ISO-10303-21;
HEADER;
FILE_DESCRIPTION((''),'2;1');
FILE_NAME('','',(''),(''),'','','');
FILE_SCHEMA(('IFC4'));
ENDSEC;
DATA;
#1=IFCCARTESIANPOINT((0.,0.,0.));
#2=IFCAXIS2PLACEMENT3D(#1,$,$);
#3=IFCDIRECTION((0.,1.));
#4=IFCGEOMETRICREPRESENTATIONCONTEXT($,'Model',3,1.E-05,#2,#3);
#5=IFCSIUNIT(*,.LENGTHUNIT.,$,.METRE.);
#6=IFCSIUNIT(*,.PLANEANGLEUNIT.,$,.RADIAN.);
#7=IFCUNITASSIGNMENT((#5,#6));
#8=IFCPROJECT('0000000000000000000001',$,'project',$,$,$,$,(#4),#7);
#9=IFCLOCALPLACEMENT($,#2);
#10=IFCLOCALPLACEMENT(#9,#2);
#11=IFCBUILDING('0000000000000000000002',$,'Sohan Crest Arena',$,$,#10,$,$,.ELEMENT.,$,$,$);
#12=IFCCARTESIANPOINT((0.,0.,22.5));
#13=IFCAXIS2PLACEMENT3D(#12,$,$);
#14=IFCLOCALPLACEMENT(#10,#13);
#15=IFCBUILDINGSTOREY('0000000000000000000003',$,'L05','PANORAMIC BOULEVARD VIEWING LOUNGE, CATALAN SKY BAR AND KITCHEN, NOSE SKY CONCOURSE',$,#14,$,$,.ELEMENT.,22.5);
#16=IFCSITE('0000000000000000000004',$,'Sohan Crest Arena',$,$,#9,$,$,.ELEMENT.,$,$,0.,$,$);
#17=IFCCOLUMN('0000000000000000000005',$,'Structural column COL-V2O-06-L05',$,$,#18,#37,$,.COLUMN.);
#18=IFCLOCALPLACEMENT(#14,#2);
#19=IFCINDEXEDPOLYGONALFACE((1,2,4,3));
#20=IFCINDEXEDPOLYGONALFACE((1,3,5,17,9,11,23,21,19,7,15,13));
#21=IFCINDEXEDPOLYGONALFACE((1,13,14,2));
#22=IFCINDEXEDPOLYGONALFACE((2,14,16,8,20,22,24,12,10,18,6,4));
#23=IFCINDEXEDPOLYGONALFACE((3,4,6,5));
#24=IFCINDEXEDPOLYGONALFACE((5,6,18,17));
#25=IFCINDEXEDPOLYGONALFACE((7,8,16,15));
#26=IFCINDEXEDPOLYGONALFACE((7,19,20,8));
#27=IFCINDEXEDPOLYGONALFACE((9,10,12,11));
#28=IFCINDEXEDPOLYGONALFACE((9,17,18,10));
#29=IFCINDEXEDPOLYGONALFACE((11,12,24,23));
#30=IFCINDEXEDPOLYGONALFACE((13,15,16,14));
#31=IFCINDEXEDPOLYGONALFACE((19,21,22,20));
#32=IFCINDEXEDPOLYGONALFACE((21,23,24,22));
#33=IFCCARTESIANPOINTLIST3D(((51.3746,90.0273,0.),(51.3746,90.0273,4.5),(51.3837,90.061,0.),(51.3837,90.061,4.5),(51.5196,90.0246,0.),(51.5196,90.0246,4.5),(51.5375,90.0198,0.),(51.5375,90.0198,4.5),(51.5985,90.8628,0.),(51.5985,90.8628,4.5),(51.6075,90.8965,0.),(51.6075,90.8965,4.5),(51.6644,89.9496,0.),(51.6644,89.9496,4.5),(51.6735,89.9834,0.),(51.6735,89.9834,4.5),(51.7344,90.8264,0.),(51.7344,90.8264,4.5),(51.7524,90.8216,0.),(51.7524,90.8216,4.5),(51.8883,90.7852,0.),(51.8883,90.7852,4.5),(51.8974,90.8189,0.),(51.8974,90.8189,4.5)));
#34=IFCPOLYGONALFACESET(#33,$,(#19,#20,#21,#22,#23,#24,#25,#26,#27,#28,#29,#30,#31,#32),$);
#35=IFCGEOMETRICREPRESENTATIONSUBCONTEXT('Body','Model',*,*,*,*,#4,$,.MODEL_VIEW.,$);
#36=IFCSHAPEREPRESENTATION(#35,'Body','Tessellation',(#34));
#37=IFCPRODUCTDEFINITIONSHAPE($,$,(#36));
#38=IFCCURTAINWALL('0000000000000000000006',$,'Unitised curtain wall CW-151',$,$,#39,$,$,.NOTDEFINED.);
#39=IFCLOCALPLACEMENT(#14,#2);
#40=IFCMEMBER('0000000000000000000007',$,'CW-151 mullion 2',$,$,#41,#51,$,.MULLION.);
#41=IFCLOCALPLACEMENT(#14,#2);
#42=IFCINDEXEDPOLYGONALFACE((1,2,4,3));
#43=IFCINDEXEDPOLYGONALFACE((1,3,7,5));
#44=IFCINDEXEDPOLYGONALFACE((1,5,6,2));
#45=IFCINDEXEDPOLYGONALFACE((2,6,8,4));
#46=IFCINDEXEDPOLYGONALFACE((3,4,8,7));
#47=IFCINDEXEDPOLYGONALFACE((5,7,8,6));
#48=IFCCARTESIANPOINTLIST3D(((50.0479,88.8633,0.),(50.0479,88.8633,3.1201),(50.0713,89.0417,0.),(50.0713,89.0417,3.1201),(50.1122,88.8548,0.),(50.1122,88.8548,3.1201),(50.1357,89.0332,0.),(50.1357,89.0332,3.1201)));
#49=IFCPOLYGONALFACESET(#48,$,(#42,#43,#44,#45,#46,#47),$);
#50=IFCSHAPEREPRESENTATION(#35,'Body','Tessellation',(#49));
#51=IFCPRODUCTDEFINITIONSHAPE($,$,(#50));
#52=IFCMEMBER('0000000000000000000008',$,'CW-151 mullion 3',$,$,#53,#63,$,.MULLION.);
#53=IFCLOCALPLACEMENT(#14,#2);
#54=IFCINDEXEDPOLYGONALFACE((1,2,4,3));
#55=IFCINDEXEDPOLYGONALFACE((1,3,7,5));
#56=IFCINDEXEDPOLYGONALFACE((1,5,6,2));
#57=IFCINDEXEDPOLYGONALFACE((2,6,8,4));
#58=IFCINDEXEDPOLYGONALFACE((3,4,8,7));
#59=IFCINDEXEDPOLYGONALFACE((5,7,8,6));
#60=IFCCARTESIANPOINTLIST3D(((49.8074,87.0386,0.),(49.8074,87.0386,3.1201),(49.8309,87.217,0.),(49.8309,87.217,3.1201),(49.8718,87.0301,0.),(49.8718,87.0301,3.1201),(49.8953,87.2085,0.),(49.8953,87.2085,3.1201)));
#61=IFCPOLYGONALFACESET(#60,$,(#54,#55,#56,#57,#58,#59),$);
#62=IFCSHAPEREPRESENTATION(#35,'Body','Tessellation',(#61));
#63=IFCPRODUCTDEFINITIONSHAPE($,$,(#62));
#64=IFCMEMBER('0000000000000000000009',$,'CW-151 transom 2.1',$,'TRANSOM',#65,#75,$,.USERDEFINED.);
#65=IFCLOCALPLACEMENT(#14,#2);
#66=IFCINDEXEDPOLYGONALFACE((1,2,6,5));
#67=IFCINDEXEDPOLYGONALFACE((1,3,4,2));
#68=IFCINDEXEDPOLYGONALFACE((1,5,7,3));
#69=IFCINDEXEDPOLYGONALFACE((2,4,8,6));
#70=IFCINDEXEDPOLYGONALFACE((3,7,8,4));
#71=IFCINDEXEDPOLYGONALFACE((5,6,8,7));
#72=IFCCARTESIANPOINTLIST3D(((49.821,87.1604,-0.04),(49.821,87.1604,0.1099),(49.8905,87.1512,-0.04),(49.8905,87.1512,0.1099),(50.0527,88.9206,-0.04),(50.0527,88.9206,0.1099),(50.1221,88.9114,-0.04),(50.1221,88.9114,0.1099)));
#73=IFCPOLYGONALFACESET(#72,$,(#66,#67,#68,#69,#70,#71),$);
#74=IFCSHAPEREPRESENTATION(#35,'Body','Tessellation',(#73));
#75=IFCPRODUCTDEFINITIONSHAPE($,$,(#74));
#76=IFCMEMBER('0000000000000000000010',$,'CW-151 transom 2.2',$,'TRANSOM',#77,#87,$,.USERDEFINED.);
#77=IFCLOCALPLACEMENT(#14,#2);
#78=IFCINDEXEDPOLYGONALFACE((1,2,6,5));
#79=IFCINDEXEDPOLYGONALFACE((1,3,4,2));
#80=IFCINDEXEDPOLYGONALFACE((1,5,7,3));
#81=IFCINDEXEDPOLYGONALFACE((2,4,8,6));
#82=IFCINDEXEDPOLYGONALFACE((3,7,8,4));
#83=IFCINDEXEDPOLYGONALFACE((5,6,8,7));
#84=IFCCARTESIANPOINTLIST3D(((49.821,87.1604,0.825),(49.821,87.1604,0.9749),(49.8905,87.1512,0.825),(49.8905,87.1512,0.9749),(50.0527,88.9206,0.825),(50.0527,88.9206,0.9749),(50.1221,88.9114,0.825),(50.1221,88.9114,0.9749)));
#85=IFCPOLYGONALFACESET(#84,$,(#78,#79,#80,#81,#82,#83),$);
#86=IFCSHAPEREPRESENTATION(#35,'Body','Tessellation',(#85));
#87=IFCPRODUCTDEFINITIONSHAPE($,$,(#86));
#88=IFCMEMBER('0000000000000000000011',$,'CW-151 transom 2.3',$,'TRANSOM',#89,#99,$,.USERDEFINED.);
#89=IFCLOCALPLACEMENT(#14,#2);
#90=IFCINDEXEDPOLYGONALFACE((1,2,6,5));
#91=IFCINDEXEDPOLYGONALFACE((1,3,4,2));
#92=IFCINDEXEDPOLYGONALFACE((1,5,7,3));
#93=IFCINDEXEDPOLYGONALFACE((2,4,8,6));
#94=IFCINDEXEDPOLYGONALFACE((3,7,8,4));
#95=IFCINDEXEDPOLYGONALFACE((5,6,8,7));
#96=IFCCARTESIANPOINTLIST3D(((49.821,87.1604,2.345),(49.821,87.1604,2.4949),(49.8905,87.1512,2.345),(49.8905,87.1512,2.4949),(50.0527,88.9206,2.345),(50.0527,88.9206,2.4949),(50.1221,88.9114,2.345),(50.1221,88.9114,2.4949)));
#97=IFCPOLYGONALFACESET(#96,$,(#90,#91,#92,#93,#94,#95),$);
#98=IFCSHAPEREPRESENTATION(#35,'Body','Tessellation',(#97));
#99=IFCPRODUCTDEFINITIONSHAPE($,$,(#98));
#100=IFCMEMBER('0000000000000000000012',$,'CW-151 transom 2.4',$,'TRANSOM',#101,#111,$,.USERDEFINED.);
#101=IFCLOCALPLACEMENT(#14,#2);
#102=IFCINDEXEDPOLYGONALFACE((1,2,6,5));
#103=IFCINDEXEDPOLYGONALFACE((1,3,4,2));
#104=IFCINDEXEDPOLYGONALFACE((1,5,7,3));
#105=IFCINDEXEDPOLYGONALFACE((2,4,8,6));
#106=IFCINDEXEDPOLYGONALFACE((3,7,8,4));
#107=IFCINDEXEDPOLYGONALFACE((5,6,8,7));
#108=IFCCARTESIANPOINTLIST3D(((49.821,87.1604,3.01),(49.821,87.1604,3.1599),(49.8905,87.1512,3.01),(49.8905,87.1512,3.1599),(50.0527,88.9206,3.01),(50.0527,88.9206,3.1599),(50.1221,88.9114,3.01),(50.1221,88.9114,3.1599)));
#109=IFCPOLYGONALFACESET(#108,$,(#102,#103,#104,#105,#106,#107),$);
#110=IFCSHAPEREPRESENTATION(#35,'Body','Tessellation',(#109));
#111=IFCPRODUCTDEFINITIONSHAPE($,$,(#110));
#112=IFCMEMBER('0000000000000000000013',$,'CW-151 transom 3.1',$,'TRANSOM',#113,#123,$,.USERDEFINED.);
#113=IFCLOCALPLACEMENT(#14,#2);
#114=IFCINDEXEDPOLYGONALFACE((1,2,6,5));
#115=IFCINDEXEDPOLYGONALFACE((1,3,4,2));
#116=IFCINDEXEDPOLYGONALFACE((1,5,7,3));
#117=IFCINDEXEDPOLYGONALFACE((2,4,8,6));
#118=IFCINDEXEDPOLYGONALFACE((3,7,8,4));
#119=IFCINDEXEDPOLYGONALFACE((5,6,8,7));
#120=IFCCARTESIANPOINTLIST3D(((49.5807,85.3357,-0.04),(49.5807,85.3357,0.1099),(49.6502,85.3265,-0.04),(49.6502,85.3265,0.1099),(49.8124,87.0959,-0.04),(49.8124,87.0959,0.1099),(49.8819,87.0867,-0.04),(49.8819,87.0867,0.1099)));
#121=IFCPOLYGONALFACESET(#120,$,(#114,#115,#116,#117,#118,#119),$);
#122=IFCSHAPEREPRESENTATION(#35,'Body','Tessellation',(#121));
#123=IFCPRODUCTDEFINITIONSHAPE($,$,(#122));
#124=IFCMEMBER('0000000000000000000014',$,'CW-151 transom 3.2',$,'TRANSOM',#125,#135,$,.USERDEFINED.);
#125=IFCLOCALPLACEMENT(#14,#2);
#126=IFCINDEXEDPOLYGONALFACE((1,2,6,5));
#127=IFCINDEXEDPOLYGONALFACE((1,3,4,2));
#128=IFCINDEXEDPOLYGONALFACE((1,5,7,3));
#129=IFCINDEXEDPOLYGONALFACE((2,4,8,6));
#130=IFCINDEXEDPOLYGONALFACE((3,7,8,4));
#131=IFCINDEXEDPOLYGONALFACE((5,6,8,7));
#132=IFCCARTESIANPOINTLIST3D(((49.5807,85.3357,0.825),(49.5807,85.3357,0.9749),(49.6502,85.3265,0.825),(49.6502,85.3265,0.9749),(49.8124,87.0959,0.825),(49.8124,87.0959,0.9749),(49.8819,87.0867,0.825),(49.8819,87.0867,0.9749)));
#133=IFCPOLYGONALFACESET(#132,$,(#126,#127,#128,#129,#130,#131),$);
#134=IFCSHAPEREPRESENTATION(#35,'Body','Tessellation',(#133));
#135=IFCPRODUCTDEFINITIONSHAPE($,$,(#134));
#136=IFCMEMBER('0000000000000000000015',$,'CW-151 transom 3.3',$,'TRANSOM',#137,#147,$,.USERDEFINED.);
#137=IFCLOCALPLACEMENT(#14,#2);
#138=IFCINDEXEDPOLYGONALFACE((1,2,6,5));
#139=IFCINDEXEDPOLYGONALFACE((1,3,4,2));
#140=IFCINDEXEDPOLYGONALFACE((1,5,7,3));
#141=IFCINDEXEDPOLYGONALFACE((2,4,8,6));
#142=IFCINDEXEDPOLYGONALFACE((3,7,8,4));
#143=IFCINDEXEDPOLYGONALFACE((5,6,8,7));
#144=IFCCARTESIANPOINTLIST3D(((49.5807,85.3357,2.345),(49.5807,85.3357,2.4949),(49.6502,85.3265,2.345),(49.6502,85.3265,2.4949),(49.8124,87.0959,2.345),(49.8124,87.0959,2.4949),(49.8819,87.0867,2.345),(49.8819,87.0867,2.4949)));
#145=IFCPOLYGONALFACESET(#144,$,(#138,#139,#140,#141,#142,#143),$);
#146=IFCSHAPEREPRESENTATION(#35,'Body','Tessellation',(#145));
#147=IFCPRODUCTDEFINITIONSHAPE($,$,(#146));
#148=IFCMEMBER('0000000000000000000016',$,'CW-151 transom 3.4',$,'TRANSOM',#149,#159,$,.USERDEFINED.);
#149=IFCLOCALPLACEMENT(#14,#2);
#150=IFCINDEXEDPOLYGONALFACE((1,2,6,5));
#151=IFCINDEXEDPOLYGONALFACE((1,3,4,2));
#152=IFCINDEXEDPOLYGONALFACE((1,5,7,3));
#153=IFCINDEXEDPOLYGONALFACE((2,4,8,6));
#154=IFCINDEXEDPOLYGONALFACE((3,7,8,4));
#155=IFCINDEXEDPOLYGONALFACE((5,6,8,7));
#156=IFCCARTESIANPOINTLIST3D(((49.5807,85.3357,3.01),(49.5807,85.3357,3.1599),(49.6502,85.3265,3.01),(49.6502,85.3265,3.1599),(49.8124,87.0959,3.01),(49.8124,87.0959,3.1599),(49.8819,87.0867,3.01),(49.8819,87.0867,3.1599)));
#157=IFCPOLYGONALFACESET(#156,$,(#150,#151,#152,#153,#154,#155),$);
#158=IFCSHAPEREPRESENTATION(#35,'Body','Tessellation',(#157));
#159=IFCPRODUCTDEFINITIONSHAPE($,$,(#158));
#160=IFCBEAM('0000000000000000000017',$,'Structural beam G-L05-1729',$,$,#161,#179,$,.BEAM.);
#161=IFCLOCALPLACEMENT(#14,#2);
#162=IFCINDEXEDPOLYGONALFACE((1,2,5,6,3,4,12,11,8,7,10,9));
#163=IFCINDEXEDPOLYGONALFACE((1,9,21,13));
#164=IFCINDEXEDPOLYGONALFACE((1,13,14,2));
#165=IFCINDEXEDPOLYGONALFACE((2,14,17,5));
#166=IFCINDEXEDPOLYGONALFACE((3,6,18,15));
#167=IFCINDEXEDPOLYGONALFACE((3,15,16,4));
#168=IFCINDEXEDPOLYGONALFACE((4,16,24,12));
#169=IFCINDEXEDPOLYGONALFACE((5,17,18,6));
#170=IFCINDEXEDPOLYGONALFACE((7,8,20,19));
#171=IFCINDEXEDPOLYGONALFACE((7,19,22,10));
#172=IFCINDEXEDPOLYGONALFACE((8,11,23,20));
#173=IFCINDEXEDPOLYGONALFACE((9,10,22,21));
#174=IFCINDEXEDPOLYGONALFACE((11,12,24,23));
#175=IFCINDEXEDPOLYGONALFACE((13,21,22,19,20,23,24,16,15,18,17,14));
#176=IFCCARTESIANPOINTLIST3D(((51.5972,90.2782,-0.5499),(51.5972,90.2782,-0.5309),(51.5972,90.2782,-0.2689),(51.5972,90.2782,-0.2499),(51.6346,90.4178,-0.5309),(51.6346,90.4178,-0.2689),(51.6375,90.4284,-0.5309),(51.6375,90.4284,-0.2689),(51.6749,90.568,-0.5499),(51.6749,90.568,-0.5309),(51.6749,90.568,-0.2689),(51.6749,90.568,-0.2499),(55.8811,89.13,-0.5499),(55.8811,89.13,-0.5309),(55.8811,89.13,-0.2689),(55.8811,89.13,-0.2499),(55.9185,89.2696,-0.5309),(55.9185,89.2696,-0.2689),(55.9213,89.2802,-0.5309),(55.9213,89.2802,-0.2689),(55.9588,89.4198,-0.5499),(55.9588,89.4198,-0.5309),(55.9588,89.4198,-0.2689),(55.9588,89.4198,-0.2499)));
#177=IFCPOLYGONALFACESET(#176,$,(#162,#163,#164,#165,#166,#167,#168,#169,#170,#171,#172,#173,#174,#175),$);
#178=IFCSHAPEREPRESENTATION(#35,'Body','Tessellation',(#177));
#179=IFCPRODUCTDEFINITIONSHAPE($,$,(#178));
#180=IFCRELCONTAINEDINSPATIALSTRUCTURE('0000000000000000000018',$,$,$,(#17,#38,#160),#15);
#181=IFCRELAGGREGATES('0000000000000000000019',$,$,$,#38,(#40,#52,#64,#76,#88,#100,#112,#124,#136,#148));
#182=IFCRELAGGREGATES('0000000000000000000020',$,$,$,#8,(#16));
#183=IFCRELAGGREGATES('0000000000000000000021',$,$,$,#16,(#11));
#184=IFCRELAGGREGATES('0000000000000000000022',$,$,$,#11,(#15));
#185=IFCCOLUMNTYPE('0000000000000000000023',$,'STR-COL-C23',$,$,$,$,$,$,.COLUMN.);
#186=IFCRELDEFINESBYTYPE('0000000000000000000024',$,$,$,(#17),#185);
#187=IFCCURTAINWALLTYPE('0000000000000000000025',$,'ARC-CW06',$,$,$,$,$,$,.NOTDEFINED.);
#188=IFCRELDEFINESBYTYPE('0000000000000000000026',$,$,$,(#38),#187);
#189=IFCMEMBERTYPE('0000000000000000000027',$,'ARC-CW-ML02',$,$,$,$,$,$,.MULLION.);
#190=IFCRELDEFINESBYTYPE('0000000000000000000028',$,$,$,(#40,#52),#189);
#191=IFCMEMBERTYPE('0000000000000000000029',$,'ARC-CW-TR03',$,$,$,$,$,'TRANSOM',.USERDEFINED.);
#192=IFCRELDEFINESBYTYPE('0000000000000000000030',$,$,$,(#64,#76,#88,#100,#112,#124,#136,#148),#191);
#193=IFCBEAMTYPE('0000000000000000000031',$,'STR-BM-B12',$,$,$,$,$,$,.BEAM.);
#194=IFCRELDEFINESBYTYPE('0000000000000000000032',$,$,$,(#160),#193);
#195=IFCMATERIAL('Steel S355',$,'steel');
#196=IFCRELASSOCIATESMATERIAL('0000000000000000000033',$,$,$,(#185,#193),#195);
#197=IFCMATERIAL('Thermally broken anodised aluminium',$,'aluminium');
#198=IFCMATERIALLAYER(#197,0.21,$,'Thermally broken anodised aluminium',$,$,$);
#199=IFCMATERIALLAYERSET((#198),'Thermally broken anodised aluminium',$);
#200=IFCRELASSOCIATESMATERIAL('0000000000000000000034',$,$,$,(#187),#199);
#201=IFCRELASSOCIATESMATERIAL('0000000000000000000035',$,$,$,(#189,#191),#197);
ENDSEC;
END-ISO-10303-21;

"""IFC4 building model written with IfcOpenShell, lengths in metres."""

from ifc_helpers import new_model, si_unit, direction, frame, origin, origin_2d, place, context, subcontext, project, spatial, rectangle, i_section, extrude, material, layer, layer_set, material_profile, profile_set, type_object, element, aggregate, save


model = new_model("IFC4")

# Units and contexts
model_context = context("Model", 3, precision=1e-05, world=origin(), true_north=direction((0.0, 1.0)))
body_context = subcontext(model_context, "Body", "Model", "MODEL_VIEW")
ifc_project = project(units=[si_unit("LENGTHUNIT", "METRE"), si_unit("PLANEANGLEUNIT", "RADIAN")], contexts=[model_context])

# Site, building, storey
site_placement = place(None, origin())
site = spatial("IfcSite", under=ifc_project, at=site_placement, Name="Sohan Crest Arena", CompositionType="ELEMENT", RefElevation=0.0)
building_placement = place(site_placement, origin())
building = spatial("IfcBuilding", under=site, at=building_placement, Name="Sohan Crest Arena", CompositionType="ELEMENT")
storey_placement = place(building_placement, frame((0.0, 0.0, 22.5)))
storey = spatial("IfcBuildingStorey", under=building, at=storey_placement, Name="L05", Description="PANORAMIC BOULEVARD VIEWING LOUNGE, CATALAN SKY BAR AND KITCHEN, NOSE SKY CONCOURSE", CompositionType="ELEMENT", Elevation=22.5)

# Column
ifc_material_1 = material(Name="Steel S355", Category="steel")
ifc_material_profile_1 = material_profile(ifc_material_1, i_section(OverallWidth=0.3, OverallDepth=0.8999, WebThickness=0.0186, FlangeThickness=0.0349, at=origin_2d()), Name="HEB 900")
ifc_profile_set_1 = profile_set([ifc_material_profile_1], Name="Steel S355")
column_type = type_object("IfcColumnType", Name="STR-COL-C23", PredefinedType="COLUMN", material=ifc_profile_set_1)
column_placement = place(storey_placement, frame((51.636, 90.4231, 0.0), z_axis=(0.0, 0.0, 1.0), x_axis=(-0.965926, 0.258819, 0.0)))
element("IfcColumn", 1, at=column_placement, inside=storey, type_object=column_type, Name="Structural column COL-V2O-06-L05", PredefinedType="COLUMN", context=body_context, shape_type="SweptSolid", body=[
    extrude(i_section(OverallWidth=0.3, OverallDepth=0.8999, WebThickness=0.0186, FlangeThickness=0.0349, at=origin_2d()), origin(), (0.0, 0.0, 1.0), 4.5),
])

# Curtain wall, members
ifc_material_2 = material(Name="Thermally broken anodised aluminium", Category="aluminium")
ifc_layer_1 = layer(ifc_material_2, 0.21, Name="Thermally broken anodised aluminium")
ifc_layer_set_1 = layer_set([ifc_layer_1], Name="Thermally broken anodised aluminium")
curtain_wall_type = type_object("IfcCurtainWallType", Name="ARC-CW06", PredefinedType="NOTDEFINED", material=ifc_layer_set_1)
curtain_wall_placement = place(storey_placement, origin())
curtain_wall = element("IfcCurtainWall", 2, at=curtain_wall_placement, inside=storey, type_object=curtain_wall_type, Name="Unitised curtain wall CW-151", PredefinedType="NOTDEFINED")
ifc_material_profile_2 = material_profile(ifc_material_2, rectangle(XDim=0.0649, YDim=0.1799, at=origin_2d()), Name="ALU-MULL 65x180")
ifc_profile_set_2 = profile_set([ifc_material_profile_2], Name="Thermally broken anodised aluminium")
member_type_1 = type_object("IfcMemberType", Name="ARC-CW-ML02", PredefinedType="MULLION", material=ifc_profile_set_2)
member_1_placement = place(storey_placement, frame((50.0918, 88.9482, 0.0), z_axis=(0.0, 0.0, 1.0), x_axis=(0.991441, -0.130557, 0.0)))
member_1 = element("IfcMember", 3, at=member_1_placement, type_object=member_type_1, Name="CW-151 mullion 2", PredefinedType="MULLION", context=body_context, shape_type="SweptSolid", body=[
    extrude(rectangle(XDim=0.0649, YDim=0.1799, at=origin_2d()), origin(), (0.0, 0.0, 1.0), 3.1201),
])
member_2_placement = place(storey_placement, frame((49.8513, 87.1235, 0.0), z_axis=(0.0, 0.0, 1.0), x_axis=(0.991441, -0.130557, 0.0)))
member_2 = element("IfcMember", 4, at=member_2_placement, type_object=member_type_1, Name="CW-151 mullion 3", PredefinedType="MULLION", context=body_context, shape_type="SweptSolid", body=[
    extrude(rectangle(XDim=0.0649, YDim=0.1799, at=origin_2d()), origin(), (0.0, 0.0, 1.0), 3.1201),
])
ifc_material_profile_3 = material_profile(ifc_material_2, rectangle(XDim=0.0701, YDim=0.1499, at=origin_2d()), Name="ALU-TRAN 70x150")
ifc_profile_set_3 = profile_set([ifc_material_profile_3], Name="Thermally broken anodised aluminium")
member_type_2 = type_object("IfcMemberType", Name="ARC-CW-TR03", ElementType="TRANSOM", PredefinedType="USERDEFINED", material=ifc_profile_set_3)
member_3_placement = place(storey_placement, frame((50.0874, 88.916, 0.0349), z_axis=(-0.130497, -0.991449, 0.0), x_axis=(0.991449, -0.130497, 0.0)))
member_3 = element("IfcMember", 5, at=member_3_placement, type_object=member_type_2, Name="CW-151 transom 2.1", ObjectType="TRANSOM", PredefinedType="USERDEFINED", context=body_context, shape_type="SweptSolid", body=[
    extrude(rectangle(XDim=0.0701, YDim=0.1499, at=origin_2d()), origin(), (0.0, 0.0, 1.0), 1.7754),
])
member_4_placement = place(storey_placement, frame((50.0874, 88.916, 0.8999), z_axis=(-0.130497, -0.991449, 0.0), x_axis=(0.991449, -0.130497, 0.0)))
member_4 = element("IfcMember", 6, at=member_4_placement, type_object=member_type_2, Name="CW-151 transom 2.2", ObjectType="TRANSOM", PredefinedType="USERDEFINED", context=body_context, shape_type="SweptSolid", body=[
    extrude(rectangle(XDim=0.0701, YDim=0.1499, at=origin_2d()), origin(), (0.0, 0.0, 1.0), 1.7754),
])
member_5_placement = place(storey_placement, frame((50.0874, 88.916, 2.4199), z_axis=(-0.130497, -0.991449, 0.0), x_axis=(0.991449, -0.130497, 0.0)))
member_5 = element("IfcMember", 7, at=member_5_placement, type_object=member_type_2, Name="CW-151 transom 2.3", ObjectType="TRANSOM", PredefinedType="USERDEFINED", context=body_context, shape_type="SweptSolid", body=[
    extrude(rectangle(XDim=0.0701, YDim=0.1499, at=origin_2d()), origin(), (0.0, 0.0, 1.0), 1.7754),
])
member_6_placement = place(storey_placement, frame((50.0874, 88.916, 3.085), z_axis=(-0.130497, -0.991449, 0.0), x_axis=(0.991449, -0.130497, 0.0)))
member_6 = element("IfcMember", 8, at=member_6_placement, type_object=member_type_2, Name="CW-151 transom 2.4", ObjectType="TRANSOM", PredefinedType="USERDEFINED", context=body_context, shape_type="SweptSolid", body=[
    extrude(rectangle(XDim=0.0701, YDim=0.1499, at=origin_2d()), origin(), (0.0, 0.0, 1.0), 1.7754),
])
member_7_placement = place(storey_placement, frame((49.8472, 87.0913, 0.0349), z_axis=(-0.130497, -0.991449, 0.0), x_axis=(0.991449, -0.130497, 0.0)))
member_7 = element("IfcMember", 9, at=member_7_placement, type_object=member_type_2, Name="CW-151 transom 3.1", ObjectType="TRANSOM", PredefinedType="USERDEFINED", context=body_context, shape_type="SweptSolid", body=[
    extrude(rectangle(XDim=0.0701, YDim=0.1499, at=origin_2d()), origin(), (0.0, 0.0, 1.0), 1.7754),
])
member_8_placement = place(storey_placement, frame((49.8472, 87.0913, 0.8999), z_axis=(-0.130497, -0.991449, 0.0), x_axis=(0.991449, -0.130497, 0.0)))
member_8 = element("IfcMember", 10, at=member_8_placement, type_object=member_type_2, Name="CW-151 transom 3.2", ObjectType="TRANSOM", PredefinedType="USERDEFINED", context=body_context, shape_type="SweptSolid", body=[
    extrude(rectangle(XDim=0.0701, YDim=0.1499, at=origin_2d()), origin(), (0.0, 0.0, 1.0), 1.7754),
])
member_9_placement = place(storey_placement, frame((49.8472, 87.0913, 2.4199), z_axis=(-0.130497, -0.991449, 0.0), x_axis=(0.991449, -0.130497, 0.0)))
member_9 = element("IfcMember", 11, at=member_9_placement, type_object=member_type_2, Name="CW-151 transom 3.3", ObjectType="TRANSOM", PredefinedType="USERDEFINED", context=body_context, shape_type="SweptSolid", body=[
    extrude(rectangle(XDim=0.0701, YDim=0.1499, at=origin_2d()), origin(), (0.0, 0.0, 1.0), 1.7754),
])
member_10_placement = place(storey_placement, frame((49.8472, 87.0913, 3.085), z_axis=(-0.130497, -0.991449, 0.0), x_axis=(0.991449, -0.130497, 0.0)))
member_10 = element("IfcMember", 12, at=member_10_placement, type_object=member_type_2, Name="CW-151 transom 3.4", ObjectType="TRANSOM", PredefinedType="USERDEFINED", context=body_context, shape_type="SweptSolid", body=[
    extrude(rectangle(XDim=0.0701, YDim=0.1499, at=origin_2d()), origin(), (0.0, 0.0, 1.0), 1.7754),
])

# Beam
ifc_material_profile_4 = material_profile(ifc_material_1, i_section(OverallWidth=0.3, OverallDepth=0.3, WebThickness=0.011, FlangeThickness=0.019, at=origin_2d()), Name="HEB 300")
ifc_profile_set_4 = profile_set([ifc_material_profile_4], Name="Steel S355")
beam_type = type_object("IfcBeamType", Name="STR-BM-B12", PredefinedType="BEAM", material=ifc_profile_set_4)
beam_placement = place(storey_placement, frame((55.9199, 89.2749, -0.3999), z_axis=(-0.965908, 0.258886, 0.0), x_axis=(-0.258886, -0.965908, 0.0)))
element("IfcBeam", 13, at=beam_placement, inside=storey, type_object=beam_type, Name="Structural beam G-L05-1729", PredefinedType="BEAM", context=body_context, shape_type="SweptSolid", body=[
    extrude(i_section(OverallWidth=0.3, OverallDepth=0.3, WebThickness=0.011, FlangeThickness=0.019, at=origin_2d()), origin(), (0.0, 0.0, 1.0), 4.4351),
])

aggregate(curtain_wall, [member_1, member_2, member_3, member_4, member_5, member_6, member_7, member_8, member_9, member_10])

save(model, "model.ifc")
